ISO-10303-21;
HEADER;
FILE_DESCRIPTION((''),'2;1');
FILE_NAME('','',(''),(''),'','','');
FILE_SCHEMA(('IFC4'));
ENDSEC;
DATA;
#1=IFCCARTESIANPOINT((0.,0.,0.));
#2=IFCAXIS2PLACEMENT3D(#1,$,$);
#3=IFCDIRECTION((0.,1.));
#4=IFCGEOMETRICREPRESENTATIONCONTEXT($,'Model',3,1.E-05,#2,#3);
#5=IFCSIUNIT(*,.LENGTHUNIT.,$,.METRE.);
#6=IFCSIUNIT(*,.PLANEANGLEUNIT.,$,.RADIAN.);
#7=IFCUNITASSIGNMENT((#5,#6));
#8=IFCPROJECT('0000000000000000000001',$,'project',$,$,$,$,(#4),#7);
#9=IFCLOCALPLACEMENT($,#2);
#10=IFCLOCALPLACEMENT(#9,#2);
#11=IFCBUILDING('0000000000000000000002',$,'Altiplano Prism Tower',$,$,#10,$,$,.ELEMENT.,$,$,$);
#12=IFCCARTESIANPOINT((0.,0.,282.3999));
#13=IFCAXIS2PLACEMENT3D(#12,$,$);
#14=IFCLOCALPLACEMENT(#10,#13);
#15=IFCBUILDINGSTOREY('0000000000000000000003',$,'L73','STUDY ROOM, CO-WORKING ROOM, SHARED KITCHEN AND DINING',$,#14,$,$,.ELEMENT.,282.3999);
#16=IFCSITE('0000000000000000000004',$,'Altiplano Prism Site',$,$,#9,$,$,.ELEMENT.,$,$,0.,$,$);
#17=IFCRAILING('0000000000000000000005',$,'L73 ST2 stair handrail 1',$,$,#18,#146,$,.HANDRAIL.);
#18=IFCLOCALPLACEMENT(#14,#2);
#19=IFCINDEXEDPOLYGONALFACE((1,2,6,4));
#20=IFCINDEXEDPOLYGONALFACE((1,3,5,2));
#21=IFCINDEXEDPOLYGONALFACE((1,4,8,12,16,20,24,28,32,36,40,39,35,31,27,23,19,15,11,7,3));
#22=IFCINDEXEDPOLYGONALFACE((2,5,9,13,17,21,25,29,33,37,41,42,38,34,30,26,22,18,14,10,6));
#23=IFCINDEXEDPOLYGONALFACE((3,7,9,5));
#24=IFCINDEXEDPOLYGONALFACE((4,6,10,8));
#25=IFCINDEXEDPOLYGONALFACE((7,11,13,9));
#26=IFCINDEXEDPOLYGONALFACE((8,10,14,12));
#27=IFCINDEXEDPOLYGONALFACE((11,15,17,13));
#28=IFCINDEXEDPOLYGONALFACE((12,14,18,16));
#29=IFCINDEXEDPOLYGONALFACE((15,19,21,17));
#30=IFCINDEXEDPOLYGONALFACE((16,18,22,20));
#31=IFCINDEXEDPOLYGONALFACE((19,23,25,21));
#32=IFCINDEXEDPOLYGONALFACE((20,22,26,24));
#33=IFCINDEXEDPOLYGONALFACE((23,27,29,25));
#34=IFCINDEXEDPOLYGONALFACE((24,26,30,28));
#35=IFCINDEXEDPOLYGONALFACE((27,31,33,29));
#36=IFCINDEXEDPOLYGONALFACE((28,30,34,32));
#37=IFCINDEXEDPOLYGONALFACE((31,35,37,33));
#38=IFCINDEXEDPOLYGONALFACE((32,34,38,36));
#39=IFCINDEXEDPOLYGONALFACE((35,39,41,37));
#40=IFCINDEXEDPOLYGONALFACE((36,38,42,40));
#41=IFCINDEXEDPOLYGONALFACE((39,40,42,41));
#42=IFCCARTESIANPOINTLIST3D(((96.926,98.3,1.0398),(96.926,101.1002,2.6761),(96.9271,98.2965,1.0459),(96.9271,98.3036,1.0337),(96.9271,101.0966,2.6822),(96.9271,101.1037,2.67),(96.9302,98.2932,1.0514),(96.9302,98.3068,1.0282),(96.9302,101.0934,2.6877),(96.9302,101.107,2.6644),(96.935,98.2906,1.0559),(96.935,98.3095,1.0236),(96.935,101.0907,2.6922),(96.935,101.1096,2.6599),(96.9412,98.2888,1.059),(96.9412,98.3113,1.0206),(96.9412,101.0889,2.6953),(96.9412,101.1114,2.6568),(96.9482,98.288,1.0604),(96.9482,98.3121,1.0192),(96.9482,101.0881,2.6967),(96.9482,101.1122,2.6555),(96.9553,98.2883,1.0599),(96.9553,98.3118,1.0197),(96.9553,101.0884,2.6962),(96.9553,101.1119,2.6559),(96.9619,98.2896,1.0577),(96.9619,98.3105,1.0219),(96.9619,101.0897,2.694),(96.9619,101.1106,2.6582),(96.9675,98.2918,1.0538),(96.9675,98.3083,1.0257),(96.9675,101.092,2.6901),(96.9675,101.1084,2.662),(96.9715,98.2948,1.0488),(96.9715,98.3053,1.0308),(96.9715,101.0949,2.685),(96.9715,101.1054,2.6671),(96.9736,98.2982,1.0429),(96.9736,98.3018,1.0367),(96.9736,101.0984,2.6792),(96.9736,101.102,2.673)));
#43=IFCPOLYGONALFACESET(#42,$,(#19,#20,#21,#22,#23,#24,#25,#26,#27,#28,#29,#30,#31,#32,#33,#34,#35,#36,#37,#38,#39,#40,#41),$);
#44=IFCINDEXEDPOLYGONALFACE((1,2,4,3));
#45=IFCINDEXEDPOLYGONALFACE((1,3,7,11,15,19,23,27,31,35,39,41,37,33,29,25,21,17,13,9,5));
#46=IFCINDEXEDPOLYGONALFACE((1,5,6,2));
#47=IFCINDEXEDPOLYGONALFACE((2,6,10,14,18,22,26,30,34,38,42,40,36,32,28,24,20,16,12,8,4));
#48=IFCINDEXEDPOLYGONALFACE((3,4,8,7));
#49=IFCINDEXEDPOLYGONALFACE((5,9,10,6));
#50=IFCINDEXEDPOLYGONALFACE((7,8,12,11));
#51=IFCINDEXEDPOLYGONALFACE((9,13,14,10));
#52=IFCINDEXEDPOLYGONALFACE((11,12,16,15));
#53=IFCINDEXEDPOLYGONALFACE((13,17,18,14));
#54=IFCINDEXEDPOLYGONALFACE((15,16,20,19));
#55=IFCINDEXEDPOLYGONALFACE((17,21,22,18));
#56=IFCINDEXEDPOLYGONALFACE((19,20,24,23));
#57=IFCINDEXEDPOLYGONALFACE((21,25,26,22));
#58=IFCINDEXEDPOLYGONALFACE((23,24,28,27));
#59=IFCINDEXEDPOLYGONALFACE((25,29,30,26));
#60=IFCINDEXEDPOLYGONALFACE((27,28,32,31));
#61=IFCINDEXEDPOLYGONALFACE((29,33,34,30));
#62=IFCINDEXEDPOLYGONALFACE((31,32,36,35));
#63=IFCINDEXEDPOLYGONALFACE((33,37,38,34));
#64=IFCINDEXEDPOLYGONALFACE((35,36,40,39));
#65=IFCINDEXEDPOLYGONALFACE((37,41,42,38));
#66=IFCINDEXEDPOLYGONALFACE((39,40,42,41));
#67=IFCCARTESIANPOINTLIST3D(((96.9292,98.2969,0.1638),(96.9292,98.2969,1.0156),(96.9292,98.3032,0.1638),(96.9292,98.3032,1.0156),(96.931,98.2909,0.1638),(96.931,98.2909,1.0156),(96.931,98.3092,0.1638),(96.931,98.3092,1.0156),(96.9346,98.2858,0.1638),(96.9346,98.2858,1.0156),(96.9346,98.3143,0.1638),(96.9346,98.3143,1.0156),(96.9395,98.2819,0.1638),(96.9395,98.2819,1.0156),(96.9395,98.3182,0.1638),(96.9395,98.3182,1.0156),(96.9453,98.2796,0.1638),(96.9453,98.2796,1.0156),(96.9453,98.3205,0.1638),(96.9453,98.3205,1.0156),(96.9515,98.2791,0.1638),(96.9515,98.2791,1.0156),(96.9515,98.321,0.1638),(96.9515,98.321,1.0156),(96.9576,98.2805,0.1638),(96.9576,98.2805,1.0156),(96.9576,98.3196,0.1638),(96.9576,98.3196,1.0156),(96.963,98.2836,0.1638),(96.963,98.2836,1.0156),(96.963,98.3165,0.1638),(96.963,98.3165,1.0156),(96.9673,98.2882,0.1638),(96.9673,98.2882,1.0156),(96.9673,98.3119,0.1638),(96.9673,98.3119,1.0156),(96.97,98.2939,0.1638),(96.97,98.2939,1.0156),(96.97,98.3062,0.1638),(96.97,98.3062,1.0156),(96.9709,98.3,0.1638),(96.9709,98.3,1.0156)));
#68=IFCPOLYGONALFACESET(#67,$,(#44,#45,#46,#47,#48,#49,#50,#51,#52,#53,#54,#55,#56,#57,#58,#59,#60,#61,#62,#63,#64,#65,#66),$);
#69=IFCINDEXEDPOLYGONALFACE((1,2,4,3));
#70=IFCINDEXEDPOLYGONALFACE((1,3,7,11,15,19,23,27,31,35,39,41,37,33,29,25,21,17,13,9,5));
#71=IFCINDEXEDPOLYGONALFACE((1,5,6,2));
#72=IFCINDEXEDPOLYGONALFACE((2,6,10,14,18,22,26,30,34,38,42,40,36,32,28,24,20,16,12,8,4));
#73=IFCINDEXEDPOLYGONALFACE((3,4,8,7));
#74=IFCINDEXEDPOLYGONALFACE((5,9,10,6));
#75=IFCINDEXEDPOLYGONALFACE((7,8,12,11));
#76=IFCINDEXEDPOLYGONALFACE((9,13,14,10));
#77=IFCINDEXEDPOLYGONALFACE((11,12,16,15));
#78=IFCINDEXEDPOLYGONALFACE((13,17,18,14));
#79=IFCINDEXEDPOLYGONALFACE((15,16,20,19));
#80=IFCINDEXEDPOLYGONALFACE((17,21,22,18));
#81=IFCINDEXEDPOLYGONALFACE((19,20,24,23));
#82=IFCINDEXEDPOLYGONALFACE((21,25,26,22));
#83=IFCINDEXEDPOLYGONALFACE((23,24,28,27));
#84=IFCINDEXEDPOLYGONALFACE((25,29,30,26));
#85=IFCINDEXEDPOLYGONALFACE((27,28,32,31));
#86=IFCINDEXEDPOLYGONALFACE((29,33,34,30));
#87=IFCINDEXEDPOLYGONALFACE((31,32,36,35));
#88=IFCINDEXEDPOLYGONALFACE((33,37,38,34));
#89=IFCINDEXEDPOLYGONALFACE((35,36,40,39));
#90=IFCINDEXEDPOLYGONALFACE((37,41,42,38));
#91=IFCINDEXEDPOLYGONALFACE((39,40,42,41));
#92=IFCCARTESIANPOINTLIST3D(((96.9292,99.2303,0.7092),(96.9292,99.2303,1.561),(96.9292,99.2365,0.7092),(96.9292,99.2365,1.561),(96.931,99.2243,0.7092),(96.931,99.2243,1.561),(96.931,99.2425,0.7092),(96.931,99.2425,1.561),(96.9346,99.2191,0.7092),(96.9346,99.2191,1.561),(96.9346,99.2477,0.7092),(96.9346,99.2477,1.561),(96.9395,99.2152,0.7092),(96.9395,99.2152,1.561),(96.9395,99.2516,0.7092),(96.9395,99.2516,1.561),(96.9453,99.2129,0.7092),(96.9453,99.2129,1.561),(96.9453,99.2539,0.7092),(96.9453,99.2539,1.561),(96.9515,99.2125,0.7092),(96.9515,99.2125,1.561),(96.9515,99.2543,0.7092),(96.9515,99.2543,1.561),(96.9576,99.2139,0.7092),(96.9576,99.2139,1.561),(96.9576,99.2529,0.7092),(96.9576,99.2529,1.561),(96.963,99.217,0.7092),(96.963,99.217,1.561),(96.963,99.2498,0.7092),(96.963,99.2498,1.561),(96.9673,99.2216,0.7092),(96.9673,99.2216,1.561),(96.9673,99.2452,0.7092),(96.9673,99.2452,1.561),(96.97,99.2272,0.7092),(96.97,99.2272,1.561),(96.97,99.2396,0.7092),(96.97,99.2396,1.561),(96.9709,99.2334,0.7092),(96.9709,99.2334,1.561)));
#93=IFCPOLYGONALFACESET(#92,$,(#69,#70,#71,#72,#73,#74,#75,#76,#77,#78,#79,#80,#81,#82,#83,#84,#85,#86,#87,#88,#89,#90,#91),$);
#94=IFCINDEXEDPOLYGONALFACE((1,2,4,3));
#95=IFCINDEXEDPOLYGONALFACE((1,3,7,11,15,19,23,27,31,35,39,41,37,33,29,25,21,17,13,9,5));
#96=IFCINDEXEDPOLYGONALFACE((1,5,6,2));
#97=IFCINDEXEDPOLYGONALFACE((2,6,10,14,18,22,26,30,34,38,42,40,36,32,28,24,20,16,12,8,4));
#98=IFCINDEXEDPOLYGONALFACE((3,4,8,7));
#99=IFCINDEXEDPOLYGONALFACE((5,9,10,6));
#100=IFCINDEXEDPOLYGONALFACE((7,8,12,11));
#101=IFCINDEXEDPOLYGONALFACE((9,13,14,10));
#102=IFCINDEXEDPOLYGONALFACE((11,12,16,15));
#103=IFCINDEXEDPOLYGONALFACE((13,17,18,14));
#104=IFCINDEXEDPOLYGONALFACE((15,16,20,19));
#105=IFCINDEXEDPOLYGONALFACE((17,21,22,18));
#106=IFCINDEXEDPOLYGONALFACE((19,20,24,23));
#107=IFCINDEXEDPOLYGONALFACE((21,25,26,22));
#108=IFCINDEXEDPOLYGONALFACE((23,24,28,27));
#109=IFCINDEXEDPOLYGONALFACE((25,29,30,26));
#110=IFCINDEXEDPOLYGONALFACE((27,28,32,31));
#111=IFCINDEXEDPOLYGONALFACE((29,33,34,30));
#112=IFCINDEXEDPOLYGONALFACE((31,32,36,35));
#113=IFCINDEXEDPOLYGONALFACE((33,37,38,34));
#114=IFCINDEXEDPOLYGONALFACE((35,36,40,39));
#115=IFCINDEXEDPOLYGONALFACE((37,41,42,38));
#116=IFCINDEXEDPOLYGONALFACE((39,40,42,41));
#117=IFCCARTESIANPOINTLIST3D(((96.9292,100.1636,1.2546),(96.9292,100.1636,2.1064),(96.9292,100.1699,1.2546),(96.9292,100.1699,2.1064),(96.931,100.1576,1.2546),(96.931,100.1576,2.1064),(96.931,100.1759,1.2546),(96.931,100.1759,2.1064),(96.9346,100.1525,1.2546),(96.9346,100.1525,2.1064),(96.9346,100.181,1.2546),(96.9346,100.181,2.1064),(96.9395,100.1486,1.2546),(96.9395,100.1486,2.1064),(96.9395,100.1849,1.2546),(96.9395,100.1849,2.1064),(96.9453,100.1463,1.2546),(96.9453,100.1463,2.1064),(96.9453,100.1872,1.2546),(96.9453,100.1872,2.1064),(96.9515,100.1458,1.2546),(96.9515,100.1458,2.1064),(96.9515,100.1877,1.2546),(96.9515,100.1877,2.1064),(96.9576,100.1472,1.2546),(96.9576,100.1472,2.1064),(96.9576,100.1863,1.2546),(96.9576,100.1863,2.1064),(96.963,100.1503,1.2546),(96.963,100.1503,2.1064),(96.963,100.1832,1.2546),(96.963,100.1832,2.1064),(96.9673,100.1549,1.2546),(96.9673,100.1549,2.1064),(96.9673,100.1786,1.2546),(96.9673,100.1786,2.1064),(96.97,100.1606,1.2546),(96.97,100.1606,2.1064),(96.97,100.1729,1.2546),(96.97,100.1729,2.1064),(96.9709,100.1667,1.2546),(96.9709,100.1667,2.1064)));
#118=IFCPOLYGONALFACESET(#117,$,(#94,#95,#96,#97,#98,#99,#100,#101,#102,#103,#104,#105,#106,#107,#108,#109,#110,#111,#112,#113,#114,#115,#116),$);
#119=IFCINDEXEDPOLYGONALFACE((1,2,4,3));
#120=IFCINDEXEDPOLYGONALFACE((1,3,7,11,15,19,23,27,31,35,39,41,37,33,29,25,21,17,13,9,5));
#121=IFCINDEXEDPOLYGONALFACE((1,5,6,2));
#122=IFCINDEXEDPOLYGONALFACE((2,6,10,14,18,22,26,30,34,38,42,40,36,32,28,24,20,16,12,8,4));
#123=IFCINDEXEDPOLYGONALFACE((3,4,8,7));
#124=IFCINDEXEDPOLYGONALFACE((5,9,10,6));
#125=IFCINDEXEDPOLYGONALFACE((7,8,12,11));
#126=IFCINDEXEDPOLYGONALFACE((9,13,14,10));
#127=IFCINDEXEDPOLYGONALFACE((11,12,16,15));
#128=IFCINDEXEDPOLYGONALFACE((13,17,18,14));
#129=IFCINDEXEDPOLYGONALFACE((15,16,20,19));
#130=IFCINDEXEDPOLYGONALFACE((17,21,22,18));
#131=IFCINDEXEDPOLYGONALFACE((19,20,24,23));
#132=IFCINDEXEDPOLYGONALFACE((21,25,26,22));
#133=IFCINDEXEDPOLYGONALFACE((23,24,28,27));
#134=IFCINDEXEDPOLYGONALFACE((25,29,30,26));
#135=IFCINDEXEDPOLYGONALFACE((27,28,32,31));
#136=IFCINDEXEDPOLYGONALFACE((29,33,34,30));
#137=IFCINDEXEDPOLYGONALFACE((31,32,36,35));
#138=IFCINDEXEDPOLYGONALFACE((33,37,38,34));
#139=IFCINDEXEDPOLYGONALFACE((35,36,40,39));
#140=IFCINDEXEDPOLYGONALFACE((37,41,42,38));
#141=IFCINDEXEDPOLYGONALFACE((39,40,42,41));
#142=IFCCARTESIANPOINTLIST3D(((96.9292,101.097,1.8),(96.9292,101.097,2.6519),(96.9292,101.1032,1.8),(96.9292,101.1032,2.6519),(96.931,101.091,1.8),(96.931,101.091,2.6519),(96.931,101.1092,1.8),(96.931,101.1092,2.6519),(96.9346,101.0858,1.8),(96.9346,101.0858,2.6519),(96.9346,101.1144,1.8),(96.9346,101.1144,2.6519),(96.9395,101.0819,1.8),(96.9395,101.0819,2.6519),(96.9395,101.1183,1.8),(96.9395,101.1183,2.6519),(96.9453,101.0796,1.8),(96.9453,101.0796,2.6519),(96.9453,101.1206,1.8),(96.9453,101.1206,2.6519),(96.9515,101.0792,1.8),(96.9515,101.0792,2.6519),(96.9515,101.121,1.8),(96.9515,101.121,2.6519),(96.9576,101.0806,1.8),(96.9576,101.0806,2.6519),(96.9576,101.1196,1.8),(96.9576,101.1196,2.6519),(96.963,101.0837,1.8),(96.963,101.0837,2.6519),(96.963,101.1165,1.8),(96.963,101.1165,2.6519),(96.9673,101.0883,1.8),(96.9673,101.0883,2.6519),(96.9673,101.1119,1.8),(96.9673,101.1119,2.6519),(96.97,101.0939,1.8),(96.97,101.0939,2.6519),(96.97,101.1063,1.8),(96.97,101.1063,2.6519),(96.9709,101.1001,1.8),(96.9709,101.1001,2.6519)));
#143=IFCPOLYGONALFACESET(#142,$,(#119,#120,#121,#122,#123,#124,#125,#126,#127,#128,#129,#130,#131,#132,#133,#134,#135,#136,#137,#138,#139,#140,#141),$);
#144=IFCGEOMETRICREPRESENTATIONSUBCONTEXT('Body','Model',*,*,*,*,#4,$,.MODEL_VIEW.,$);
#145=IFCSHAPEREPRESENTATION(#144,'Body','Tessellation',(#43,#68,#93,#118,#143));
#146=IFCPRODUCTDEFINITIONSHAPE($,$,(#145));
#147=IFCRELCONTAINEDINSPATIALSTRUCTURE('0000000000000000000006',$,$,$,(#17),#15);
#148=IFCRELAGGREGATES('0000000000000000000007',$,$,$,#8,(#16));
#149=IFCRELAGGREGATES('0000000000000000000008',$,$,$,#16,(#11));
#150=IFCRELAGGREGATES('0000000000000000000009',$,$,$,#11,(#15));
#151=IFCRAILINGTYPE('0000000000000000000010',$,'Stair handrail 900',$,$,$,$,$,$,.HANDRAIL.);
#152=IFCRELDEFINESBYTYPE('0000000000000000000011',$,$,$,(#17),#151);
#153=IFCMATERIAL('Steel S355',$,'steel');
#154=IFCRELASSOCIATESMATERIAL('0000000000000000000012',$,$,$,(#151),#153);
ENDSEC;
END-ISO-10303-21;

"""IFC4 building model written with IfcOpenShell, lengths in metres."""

from ifc_helpers import new_model, si_unit, direction, frame, origin, origin_2d, place, context, subcontext, project, spatial, circle, extrude, material, type_object, element, save


model = new_model("IFC4")

# Units and contexts
model_context = context("Model", 3, precision=1e-05, world=origin(), true_north=direction((0.0, 1.0)))
body_context = subcontext(model_context, "Body", "Model", "MODEL_VIEW")
ifc_project = project(units=[si_unit("LENGTHUNIT", "METRE"), si_unit("PLANEANGLEUNIT", "RADIAN")], contexts=[model_context])

# Site, building, storey
site_placement = place(None, origin())
site = spatial("IfcSite", under=ifc_project, at=site_placement, Name="Altiplano Prism Site", CompositionType="ELEMENT", RefElevation=0.0)
building_placement = place(site_placement, origin())
building = spatial("IfcBuilding", under=site, at=building_placement, Name="Altiplano Prism Tower", CompositionType="ELEMENT")
storey_placement = place(building_placement, frame((0.0, 0.0, 282.3999)))
storey = spatial("IfcBuildingStorey", under=building, at=storey_placement, Name="L73", Description="STUDY ROOM, CO-WORKING ROOM, SHARED KITCHEN AND DINING", CompositionType="ELEMENT", Elevation=282.3999)

# Shared definitions
ifc_material_1 = material(Name="Steel S355", Category="steel")

# Railing
railing_type_1 = type_object("IfcRailingType", Name="Stair handrail 900", PredefinedType="HANDRAIL", material=ifc_material_1)
railing_1_placement = place(storey_placement, frame((96.95, 98.3, 0.1638)))
element("IfcRailing", 1, at=railing_1_placement, inside=storey, type_object=railing_type_1, Name="L73 ST2 stair handrail 1", PredefinedType="HANDRAIL", context=body_context, shape_type="SweptSolid", body=[
    extrude(circle(Radius=0.0239, at=origin_2d()), frame((0.0, 0.0, 0.876), z_axis=(0.0, 0.863394, 0.504531), x_axis=(-1.0, 0.0, 0.0)), (0.0, 0.0, 1.0), 3.2432),
    extrude(circle(Radius=0.021, at=origin_2d()), origin(), (0.0, 0.0, 1.0), 0.8518),
    extrude(circle(Radius=0.021, at=origin_2d()), frame((0.0, 0.9333, 0.5454)), (0.0, 0.0, 1.0), 0.8518),
    extrude(circle(Radius=0.021, at=origin_2d()), frame((0.0, 1.8667, 1.0908)), (0.0, 0.0, 1.0), 0.8518),
    extrude(circle(Radius=0.021, at=origin_2d()), frame((0.0, 2.8, 1.6362)), (0.0, 0.0, 1.0), 0.8518),
])

save(model, "model.ifc")
